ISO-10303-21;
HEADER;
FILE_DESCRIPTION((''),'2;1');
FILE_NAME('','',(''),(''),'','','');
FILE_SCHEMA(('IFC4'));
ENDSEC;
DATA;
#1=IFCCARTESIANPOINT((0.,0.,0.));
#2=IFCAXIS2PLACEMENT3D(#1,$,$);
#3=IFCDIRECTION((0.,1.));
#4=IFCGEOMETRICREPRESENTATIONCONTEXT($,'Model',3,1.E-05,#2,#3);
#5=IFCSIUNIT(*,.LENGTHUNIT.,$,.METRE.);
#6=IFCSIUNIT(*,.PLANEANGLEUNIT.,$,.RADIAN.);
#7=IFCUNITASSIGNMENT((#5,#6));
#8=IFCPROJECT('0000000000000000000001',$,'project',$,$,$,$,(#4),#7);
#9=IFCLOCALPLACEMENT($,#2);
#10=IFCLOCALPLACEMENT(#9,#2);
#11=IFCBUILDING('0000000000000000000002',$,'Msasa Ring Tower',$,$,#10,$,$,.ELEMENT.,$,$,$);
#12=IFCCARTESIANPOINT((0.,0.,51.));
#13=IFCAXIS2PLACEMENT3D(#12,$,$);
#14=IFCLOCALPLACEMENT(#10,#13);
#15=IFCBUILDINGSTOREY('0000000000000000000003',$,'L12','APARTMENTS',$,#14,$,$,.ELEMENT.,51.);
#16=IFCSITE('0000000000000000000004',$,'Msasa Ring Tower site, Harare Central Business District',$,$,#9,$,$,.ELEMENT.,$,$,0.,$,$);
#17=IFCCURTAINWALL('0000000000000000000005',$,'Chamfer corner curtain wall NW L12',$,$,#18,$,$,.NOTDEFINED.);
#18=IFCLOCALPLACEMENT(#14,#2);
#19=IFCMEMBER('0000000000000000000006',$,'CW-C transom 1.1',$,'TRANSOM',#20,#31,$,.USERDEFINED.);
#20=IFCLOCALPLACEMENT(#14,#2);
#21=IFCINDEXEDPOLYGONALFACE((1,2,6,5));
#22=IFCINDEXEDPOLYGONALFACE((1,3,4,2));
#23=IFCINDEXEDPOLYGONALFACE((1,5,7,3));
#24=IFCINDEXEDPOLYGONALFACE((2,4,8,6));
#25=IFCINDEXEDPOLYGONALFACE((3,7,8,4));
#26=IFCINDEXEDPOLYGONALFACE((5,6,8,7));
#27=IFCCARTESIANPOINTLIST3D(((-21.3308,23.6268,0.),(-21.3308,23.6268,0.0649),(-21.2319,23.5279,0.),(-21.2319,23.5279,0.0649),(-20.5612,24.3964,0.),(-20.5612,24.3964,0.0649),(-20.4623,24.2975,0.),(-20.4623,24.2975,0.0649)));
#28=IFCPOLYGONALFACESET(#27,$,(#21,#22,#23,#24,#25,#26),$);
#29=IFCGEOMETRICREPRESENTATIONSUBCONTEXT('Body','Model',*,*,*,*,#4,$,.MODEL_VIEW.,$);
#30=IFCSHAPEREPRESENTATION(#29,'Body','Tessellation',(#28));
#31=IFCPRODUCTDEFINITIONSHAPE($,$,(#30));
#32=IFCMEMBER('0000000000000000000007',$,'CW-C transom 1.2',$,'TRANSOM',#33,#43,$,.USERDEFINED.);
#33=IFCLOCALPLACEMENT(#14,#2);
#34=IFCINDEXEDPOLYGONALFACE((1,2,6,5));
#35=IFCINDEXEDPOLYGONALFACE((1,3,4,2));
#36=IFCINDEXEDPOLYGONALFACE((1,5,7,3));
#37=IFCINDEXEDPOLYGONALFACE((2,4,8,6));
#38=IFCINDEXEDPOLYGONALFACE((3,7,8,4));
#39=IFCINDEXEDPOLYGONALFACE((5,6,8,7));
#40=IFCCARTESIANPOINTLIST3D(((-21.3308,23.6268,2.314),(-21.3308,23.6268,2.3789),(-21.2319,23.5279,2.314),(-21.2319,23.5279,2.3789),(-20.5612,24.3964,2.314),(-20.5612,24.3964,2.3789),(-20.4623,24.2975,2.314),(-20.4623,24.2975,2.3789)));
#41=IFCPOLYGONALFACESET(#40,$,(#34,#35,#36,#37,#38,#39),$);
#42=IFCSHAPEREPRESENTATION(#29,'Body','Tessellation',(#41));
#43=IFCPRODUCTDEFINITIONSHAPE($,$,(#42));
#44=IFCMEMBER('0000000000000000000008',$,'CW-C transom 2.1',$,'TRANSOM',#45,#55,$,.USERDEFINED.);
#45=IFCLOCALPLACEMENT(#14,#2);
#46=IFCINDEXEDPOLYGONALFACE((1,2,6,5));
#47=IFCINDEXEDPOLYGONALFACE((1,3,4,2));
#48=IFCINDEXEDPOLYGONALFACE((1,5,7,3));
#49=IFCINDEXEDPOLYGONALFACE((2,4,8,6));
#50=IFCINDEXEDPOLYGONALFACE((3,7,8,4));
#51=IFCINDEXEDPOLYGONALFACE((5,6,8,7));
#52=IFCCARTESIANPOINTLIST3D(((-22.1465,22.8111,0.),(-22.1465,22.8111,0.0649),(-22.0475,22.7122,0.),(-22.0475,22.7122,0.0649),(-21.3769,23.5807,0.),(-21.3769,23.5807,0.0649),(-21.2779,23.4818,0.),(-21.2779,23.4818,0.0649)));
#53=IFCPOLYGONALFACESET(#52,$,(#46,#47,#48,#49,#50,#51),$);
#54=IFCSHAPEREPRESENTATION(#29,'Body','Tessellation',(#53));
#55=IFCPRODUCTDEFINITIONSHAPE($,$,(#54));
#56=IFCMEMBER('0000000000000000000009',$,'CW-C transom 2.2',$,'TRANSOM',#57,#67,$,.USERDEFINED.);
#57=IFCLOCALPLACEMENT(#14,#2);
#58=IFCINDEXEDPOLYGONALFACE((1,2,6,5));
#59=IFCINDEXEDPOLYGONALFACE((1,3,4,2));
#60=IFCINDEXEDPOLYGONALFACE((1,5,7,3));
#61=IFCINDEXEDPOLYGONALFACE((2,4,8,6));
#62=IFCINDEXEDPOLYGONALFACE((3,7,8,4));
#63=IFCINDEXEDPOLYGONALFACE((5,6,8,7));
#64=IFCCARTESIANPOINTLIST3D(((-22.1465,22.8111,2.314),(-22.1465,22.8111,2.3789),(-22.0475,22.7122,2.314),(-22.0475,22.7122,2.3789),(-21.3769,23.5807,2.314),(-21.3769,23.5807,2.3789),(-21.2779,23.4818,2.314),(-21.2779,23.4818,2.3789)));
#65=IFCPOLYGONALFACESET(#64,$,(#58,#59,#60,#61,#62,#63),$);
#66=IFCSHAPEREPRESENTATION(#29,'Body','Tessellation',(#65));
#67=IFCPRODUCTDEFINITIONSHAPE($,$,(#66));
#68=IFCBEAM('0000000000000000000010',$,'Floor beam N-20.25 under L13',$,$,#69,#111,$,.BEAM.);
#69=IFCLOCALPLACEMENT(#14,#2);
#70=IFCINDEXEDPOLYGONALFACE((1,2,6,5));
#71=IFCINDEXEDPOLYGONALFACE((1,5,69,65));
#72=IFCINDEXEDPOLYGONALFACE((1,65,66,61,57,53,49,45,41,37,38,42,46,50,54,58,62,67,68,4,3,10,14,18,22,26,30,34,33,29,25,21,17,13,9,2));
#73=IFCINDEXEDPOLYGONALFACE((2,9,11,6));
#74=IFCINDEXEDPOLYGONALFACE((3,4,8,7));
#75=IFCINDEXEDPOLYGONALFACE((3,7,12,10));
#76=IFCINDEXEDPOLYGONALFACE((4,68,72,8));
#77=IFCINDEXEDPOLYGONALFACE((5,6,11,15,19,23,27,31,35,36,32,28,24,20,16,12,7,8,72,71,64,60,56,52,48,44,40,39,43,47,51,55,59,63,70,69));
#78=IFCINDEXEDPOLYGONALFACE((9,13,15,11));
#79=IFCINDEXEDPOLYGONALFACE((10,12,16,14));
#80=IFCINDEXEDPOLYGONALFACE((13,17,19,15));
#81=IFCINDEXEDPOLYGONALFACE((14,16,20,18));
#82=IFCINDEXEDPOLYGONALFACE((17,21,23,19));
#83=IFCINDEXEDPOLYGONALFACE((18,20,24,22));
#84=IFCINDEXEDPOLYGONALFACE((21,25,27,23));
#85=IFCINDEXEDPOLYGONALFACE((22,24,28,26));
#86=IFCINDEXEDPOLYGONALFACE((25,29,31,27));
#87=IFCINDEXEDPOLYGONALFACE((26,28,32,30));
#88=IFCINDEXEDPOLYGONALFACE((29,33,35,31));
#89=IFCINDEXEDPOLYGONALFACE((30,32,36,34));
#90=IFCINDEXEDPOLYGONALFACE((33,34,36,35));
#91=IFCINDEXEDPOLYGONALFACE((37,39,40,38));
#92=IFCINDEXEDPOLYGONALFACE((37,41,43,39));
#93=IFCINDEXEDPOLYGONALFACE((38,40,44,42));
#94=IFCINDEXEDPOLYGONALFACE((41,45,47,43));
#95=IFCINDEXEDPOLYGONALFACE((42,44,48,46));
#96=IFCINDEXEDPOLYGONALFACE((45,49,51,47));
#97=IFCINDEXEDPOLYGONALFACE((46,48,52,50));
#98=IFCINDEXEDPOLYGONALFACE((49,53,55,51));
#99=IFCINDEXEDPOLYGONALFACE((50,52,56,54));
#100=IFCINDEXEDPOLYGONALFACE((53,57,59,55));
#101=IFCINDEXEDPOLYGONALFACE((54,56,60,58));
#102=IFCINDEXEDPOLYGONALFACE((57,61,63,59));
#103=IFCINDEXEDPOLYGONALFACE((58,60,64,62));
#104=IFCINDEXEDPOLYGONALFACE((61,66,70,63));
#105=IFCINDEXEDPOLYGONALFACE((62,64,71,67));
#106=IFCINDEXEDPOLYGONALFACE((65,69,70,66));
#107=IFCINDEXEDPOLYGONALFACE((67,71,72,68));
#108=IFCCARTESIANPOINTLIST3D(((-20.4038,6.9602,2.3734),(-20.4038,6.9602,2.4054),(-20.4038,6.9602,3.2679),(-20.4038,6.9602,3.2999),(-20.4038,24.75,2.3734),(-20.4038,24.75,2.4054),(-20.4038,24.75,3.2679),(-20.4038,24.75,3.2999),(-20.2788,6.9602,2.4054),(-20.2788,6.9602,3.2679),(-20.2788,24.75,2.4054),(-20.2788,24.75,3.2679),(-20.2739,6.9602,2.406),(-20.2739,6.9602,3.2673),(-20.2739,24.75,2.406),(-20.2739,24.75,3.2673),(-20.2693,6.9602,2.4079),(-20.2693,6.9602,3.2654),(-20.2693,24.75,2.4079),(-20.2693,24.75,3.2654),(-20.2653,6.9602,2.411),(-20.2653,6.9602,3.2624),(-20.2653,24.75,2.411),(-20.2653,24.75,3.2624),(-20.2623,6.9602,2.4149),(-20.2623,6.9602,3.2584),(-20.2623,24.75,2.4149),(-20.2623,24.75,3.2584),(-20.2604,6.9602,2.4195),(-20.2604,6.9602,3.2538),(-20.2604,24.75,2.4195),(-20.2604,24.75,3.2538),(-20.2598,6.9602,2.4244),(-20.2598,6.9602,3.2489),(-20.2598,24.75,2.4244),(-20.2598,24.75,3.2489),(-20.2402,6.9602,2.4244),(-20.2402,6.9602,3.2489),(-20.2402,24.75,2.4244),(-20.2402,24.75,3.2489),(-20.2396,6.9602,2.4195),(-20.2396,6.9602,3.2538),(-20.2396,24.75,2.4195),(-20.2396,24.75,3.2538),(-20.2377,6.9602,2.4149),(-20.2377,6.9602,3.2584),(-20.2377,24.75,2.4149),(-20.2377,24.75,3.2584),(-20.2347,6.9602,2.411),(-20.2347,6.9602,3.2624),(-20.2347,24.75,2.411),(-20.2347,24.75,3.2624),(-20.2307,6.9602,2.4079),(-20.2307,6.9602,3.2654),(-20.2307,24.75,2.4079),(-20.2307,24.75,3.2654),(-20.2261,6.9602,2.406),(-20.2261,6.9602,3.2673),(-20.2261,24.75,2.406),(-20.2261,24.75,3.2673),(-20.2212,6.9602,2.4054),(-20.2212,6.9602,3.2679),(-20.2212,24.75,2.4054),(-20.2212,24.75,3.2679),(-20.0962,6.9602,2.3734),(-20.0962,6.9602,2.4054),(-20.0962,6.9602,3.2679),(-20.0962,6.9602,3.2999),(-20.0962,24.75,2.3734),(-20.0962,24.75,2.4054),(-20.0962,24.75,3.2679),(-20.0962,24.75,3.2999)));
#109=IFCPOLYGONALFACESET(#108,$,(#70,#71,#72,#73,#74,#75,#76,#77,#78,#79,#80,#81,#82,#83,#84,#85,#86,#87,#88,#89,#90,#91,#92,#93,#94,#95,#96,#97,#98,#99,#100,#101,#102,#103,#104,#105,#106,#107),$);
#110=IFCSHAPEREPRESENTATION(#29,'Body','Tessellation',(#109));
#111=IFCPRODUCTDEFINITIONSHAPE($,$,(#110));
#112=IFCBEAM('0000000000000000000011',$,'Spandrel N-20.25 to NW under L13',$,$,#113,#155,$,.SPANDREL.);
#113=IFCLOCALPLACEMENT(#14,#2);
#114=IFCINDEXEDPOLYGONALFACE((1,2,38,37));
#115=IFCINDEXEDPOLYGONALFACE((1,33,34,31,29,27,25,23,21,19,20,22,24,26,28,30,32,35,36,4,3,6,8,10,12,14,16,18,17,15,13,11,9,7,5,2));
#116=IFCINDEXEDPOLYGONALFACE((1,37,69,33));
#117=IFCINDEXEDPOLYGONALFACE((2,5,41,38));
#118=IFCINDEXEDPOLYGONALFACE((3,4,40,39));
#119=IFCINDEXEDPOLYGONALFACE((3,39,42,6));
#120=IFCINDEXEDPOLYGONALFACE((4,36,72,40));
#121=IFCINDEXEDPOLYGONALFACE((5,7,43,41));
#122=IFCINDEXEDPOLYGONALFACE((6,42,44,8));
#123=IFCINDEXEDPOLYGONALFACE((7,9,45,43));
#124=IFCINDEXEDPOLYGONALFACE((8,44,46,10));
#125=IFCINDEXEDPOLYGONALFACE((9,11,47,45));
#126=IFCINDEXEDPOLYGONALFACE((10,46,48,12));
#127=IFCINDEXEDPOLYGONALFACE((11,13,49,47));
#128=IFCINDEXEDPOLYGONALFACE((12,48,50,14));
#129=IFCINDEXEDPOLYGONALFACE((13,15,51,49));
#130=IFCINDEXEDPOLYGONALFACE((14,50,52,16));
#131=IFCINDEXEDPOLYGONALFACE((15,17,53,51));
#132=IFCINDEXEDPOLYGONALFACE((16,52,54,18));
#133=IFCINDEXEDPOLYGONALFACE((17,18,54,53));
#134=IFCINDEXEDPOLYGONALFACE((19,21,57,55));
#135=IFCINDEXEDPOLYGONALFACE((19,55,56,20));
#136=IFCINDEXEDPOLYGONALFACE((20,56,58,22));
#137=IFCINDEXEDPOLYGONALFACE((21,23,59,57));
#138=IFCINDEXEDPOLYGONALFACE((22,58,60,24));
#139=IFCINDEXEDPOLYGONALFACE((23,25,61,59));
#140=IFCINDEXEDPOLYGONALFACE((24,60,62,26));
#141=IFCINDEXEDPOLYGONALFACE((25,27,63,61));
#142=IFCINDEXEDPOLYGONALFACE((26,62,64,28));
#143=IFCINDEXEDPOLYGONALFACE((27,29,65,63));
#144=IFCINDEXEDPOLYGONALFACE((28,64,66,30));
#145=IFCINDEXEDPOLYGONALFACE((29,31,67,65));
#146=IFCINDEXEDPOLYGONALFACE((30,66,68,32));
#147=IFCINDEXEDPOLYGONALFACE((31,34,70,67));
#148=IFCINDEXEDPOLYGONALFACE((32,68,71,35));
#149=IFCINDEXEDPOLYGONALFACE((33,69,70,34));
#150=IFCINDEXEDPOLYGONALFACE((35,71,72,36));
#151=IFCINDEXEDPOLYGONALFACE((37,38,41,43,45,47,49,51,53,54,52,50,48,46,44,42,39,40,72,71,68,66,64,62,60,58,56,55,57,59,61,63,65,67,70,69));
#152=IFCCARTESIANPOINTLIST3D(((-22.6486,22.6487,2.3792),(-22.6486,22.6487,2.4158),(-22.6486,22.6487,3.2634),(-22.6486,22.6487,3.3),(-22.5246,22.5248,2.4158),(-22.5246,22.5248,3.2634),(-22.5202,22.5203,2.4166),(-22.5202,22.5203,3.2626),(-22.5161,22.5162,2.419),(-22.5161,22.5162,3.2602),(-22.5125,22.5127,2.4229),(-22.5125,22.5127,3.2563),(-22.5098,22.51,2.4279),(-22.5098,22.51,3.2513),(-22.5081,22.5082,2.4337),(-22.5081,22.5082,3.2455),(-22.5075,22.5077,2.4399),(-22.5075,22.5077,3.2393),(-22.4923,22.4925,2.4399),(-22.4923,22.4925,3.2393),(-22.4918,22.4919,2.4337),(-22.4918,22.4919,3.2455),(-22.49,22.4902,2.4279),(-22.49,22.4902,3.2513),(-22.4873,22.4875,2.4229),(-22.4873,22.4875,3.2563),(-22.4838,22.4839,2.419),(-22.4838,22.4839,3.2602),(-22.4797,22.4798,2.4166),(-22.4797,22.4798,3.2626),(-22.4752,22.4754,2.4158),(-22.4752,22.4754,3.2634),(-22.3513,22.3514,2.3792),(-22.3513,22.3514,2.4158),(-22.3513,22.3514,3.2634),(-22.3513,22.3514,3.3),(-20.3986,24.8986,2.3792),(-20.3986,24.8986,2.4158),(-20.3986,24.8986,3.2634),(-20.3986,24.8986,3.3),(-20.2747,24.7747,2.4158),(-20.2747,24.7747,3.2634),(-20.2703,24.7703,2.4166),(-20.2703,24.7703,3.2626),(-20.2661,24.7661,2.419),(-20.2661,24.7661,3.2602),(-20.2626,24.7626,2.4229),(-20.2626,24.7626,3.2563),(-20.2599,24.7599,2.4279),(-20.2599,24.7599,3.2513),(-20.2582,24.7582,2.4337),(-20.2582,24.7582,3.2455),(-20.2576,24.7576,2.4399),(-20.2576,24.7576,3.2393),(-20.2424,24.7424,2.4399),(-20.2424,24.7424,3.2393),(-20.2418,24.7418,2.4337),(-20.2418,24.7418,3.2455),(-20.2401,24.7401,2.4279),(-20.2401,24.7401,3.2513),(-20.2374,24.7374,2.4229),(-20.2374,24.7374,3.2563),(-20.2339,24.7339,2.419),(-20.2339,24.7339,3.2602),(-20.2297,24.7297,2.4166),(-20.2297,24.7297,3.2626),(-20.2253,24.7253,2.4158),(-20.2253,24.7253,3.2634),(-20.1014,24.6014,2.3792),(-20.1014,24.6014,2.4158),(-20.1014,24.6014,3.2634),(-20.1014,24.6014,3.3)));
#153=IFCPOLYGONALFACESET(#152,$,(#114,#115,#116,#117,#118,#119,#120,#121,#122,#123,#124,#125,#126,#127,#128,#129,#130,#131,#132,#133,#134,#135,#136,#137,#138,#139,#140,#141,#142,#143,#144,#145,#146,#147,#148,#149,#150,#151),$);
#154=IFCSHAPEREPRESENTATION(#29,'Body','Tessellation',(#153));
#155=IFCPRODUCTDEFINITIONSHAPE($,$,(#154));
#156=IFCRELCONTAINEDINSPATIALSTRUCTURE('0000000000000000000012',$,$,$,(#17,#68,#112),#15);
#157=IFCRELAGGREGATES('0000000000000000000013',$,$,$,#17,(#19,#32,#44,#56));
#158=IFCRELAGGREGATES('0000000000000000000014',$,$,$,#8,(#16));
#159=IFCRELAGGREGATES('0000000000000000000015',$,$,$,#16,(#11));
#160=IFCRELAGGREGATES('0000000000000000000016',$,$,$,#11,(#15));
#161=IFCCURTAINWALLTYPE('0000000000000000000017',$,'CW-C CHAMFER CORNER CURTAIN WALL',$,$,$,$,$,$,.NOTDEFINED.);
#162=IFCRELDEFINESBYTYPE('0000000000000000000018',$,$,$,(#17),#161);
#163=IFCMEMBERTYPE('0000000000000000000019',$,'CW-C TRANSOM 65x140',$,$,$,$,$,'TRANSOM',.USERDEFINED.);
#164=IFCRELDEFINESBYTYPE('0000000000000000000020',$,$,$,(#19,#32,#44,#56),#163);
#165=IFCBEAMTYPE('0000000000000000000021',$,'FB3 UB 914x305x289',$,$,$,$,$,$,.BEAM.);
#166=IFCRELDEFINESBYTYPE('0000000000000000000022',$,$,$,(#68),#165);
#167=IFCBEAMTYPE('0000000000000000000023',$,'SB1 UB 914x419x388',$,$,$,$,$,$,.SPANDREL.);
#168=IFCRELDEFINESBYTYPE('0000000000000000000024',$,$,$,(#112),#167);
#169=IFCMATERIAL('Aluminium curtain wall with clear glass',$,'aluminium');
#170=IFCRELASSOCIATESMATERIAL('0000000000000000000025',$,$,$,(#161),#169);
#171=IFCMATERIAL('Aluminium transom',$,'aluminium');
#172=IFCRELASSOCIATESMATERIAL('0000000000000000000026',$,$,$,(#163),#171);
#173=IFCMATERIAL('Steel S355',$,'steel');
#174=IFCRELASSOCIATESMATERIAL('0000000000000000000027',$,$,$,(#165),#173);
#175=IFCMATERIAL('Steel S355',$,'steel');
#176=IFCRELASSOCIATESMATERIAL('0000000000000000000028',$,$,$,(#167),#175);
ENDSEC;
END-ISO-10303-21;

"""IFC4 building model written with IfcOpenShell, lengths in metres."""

from ifc_helpers import new_model, si_unit, direction, frame, origin, origin_2d, place, context, subcontext, project, spatial, rectangle, i_section, extrude, material, material_profile, profile_set, type_object, element, aggregate, save


model = new_model("IFC4")

# Units and contexts
model_context = context("Model", 3, precision=1e-05, world=origin(), true_north=direction((0.0, 1.0)))
body_context = subcontext(model_context, "Body", "Model", "MODEL_VIEW")
ifc_project = project(units=[si_unit("LENGTHUNIT", "METRE"), si_unit("PLANEANGLEUNIT", "RADIAN")], contexts=[model_context])

# Site, building, storey
site_placement = place(None, origin())
site = spatial("IfcSite", under=ifc_project, at=site_placement, Name="Msasa Ring Tower site, Harare Central Business District", CompositionType="ELEMENT", RefElevation=0.0)
building_placement = place(site_placement, origin())
building = spatial("IfcBuilding", under=site, at=building_placement, Name="Msasa Ring Tower", CompositionType="ELEMENT")
storey_placement = place(building_placement, frame((0.0, 0.0, 51.0)))
storey = spatial("IfcBuildingStorey", under=building, at=storey_placement, Name="L12", Description="APARTMENTS", CompositionType="ELEMENT", Elevation=51.0)

# Curtain wall
ifc_material_1 = material(Name="Aluminium curtain wall with clear glass", Category="aluminium")
curtain_wall_type = type_object("IfcCurtainWallType", Name="CW-C CHAMFER CORNER CURTAIN WALL", PredefinedType="NOTDEFINED", material=ifc_material_1)
curtain_wall_1_placement = place(storey_placement, origin())
curtain_wall_1 = element("IfcCurtainWall", 1, at=curtain_wall_1_placement, inside=storey, type_object=curtain_wall_type, Name="Chamfer corner curtain wall NW L12", PredefinedType="NOTDEFINED")

# Members
ifc_material_2 = material(Name="Aluminium transom", Category="aluminium")
ifc_material_profile_1 = material_profile(ifc_material_2, rectangle(XDim=0.1399, YDim=0.0649, at=origin_2d()), Name="AL 65x140")
ifc_profile_set_1 = profile_set([ifc_material_profile_1], Name="Aluminium transom")
member_type_1 = type_object("IfcMemberType", Name="CW-C TRANSOM 65x140", ElementType="TRANSOM", PredefinedType="USERDEFINED", material=ifc_profile_set_1)
member_1_placement = place(storey_placement, frame((-20.5117, 24.3469, 0.0325), z_axis=(-0.707107, -0.707107, 0.0), x_axis=(0.707107, -0.707107, 0.0)))
member_1 = element("IfcMember", 2, at=member_1_placement, type_object=member_type_1, Name="CW-C transom 1.1", ObjectType="TRANSOM", PredefinedType="USERDEFINED", context=body_context, shape_type="SweptSolid", body=[
    extrude(rectangle(XDim=0.1399, YDim=0.0649, at=origin_2d()), origin(), (0.0, 0.0, 1.0), 1.0884),
])
member_2_placement = place(storey_placement, frame((-20.5117, 24.3469, 2.3464), z_axis=(-0.707107, -0.707107, 0.0), x_axis=(0.707107, -0.707107, 0.0)))
member_2 = element("IfcMember", 3, at=member_2_placement, type_object=member_type_1, Name="CW-C transom 1.2", ObjectType="TRANSOM", PredefinedType="USERDEFINED", context=body_context, shape_type="SweptSolid", body=[
    extrude(rectangle(XDim=0.1399, YDim=0.0649, at=origin_2d()), origin(), (0.0, 0.0, 1.0), 1.0884),
])
member_3_placement = place(storey_placement, frame((-21.3274, 23.5312, 0.0325), z_axis=(-0.707107, -0.707107, 0.0), x_axis=(0.707107, -0.707107, 0.0)))
member_3 = element("IfcMember", 4, at=member_3_placement, type_object=member_type_1, Name="CW-C transom 2.1", ObjectType="TRANSOM", PredefinedType="USERDEFINED", context=body_context, shape_type="SweptSolid", body=[
    extrude(rectangle(XDim=0.1399, YDim=0.0649, at=origin_2d()), origin(), (0.0, 0.0, 1.0), 1.0884),
])
member_4_placement = place(storey_placement, frame((-21.3274, 23.5312, 2.3464), z_axis=(-0.707107, -0.707107, 0.0), x_axis=(0.707107, -0.707107, 0.0)))
member_4 = element("IfcMember", 5, at=member_4_placement, type_object=member_type_1, Name="CW-C transom 2.2", ObjectType="TRANSOM", PredefinedType="USERDEFINED", context=body_context, shape_type="SweptSolid", body=[
    extrude(rectangle(XDim=0.1399, YDim=0.0649, at=origin_2d()), origin(), (0.0, 0.0, 1.0), 1.0884),
])

# Beams
ifc_material_3 = material(Name="Steel S355", Category="steel")
ifc_material_profile_2 = material_profile(ifc_material_3, i_section(OverallWidth=0.3076, OverallDepth=0.9265, WebThickness=0.0195, FlangeThickness=0.032, FilletRadius=0.019, at=origin_2d()), Name="UB 914x305x289")
ifc_profile_set_2 = profile_set([ifc_material_profile_2], Name="Steel S355")
beam_type_1 = type_object("IfcBeamType", Name="FB3 UB 914x305x289", PredefinedType="BEAM", material=ifc_profile_set_2)
beam_placement = place(storey_placement, frame((-20.25, 24.75, 2.8367), z_axis=(0.0, -1.0, 0.0), x_axis=(1.0, 0.0, 0.0)))
element("IfcBeam", 6, at=beam_placement, inside=storey, type_object=beam_type_1, Name="Floor beam N-20.25 under L13", PredefinedType="BEAM", context=body_context, shape_type="SweptSolid", body=[
    extrude(i_section(OverallWidth=0.3076, OverallDepth=0.9265, WebThickness=0.0195, FlangeThickness=0.032, FilletRadius=0.019, at=origin_2d()), origin(), (0.0, 0.0, 1.0), 17.7898),
])
ifc_material_4 = material(Name="Steel S355", Category="steel")
ifc_material_profile_3 = material_profile(ifc_material_4, i_section(OverallWidth=0.4204, OverallDepth=0.9209, WebThickness=0.0215, FlangeThickness=0.0366, FilletRadius=0.0242, at=origin_2d()), Name="UB 914x419x388")
ifc_profile_set_3 = profile_set([ifc_material_profile_3], Name="Steel S355")
beam_type_2 = type_object("IfcBeamType", Name="SB1 UB 914x419x388", PredefinedType="SPANDREL", material=ifc_profile_set_3)
for number, where, z_axis, x_axis, name in (
    (7, (-20.25, 24.75, 2.8396), (-0.707107, -0.707107, 0.0), (0.707107, -0.707107, 0.0), "Spandrel N-20.25 to NW under L13"),
):
    element("IfcBeam", number, at=place(storey_placement, frame(where, z_axis=z_axis, x_axis=x_axis)), inside=storey, type_object=beam_type_2, Name=name, PredefinedType="SPANDREL", context=body_context, shape_type="SweptSolid", body=[
        extrude(i_section(OverallWidth=0.4204, OverallDepth=0.9209, WebThickness=0.0215, FlangeThickness=0.0366, FilletRadius=0.0242, at=origin_2d()), origin(), (0.0, 0.0, 1.0), 3.1819),
    ])

aggregate(curtain_wall_1, [member_1, member_2, member_3, member_4])

save(model, "model.ifc")
